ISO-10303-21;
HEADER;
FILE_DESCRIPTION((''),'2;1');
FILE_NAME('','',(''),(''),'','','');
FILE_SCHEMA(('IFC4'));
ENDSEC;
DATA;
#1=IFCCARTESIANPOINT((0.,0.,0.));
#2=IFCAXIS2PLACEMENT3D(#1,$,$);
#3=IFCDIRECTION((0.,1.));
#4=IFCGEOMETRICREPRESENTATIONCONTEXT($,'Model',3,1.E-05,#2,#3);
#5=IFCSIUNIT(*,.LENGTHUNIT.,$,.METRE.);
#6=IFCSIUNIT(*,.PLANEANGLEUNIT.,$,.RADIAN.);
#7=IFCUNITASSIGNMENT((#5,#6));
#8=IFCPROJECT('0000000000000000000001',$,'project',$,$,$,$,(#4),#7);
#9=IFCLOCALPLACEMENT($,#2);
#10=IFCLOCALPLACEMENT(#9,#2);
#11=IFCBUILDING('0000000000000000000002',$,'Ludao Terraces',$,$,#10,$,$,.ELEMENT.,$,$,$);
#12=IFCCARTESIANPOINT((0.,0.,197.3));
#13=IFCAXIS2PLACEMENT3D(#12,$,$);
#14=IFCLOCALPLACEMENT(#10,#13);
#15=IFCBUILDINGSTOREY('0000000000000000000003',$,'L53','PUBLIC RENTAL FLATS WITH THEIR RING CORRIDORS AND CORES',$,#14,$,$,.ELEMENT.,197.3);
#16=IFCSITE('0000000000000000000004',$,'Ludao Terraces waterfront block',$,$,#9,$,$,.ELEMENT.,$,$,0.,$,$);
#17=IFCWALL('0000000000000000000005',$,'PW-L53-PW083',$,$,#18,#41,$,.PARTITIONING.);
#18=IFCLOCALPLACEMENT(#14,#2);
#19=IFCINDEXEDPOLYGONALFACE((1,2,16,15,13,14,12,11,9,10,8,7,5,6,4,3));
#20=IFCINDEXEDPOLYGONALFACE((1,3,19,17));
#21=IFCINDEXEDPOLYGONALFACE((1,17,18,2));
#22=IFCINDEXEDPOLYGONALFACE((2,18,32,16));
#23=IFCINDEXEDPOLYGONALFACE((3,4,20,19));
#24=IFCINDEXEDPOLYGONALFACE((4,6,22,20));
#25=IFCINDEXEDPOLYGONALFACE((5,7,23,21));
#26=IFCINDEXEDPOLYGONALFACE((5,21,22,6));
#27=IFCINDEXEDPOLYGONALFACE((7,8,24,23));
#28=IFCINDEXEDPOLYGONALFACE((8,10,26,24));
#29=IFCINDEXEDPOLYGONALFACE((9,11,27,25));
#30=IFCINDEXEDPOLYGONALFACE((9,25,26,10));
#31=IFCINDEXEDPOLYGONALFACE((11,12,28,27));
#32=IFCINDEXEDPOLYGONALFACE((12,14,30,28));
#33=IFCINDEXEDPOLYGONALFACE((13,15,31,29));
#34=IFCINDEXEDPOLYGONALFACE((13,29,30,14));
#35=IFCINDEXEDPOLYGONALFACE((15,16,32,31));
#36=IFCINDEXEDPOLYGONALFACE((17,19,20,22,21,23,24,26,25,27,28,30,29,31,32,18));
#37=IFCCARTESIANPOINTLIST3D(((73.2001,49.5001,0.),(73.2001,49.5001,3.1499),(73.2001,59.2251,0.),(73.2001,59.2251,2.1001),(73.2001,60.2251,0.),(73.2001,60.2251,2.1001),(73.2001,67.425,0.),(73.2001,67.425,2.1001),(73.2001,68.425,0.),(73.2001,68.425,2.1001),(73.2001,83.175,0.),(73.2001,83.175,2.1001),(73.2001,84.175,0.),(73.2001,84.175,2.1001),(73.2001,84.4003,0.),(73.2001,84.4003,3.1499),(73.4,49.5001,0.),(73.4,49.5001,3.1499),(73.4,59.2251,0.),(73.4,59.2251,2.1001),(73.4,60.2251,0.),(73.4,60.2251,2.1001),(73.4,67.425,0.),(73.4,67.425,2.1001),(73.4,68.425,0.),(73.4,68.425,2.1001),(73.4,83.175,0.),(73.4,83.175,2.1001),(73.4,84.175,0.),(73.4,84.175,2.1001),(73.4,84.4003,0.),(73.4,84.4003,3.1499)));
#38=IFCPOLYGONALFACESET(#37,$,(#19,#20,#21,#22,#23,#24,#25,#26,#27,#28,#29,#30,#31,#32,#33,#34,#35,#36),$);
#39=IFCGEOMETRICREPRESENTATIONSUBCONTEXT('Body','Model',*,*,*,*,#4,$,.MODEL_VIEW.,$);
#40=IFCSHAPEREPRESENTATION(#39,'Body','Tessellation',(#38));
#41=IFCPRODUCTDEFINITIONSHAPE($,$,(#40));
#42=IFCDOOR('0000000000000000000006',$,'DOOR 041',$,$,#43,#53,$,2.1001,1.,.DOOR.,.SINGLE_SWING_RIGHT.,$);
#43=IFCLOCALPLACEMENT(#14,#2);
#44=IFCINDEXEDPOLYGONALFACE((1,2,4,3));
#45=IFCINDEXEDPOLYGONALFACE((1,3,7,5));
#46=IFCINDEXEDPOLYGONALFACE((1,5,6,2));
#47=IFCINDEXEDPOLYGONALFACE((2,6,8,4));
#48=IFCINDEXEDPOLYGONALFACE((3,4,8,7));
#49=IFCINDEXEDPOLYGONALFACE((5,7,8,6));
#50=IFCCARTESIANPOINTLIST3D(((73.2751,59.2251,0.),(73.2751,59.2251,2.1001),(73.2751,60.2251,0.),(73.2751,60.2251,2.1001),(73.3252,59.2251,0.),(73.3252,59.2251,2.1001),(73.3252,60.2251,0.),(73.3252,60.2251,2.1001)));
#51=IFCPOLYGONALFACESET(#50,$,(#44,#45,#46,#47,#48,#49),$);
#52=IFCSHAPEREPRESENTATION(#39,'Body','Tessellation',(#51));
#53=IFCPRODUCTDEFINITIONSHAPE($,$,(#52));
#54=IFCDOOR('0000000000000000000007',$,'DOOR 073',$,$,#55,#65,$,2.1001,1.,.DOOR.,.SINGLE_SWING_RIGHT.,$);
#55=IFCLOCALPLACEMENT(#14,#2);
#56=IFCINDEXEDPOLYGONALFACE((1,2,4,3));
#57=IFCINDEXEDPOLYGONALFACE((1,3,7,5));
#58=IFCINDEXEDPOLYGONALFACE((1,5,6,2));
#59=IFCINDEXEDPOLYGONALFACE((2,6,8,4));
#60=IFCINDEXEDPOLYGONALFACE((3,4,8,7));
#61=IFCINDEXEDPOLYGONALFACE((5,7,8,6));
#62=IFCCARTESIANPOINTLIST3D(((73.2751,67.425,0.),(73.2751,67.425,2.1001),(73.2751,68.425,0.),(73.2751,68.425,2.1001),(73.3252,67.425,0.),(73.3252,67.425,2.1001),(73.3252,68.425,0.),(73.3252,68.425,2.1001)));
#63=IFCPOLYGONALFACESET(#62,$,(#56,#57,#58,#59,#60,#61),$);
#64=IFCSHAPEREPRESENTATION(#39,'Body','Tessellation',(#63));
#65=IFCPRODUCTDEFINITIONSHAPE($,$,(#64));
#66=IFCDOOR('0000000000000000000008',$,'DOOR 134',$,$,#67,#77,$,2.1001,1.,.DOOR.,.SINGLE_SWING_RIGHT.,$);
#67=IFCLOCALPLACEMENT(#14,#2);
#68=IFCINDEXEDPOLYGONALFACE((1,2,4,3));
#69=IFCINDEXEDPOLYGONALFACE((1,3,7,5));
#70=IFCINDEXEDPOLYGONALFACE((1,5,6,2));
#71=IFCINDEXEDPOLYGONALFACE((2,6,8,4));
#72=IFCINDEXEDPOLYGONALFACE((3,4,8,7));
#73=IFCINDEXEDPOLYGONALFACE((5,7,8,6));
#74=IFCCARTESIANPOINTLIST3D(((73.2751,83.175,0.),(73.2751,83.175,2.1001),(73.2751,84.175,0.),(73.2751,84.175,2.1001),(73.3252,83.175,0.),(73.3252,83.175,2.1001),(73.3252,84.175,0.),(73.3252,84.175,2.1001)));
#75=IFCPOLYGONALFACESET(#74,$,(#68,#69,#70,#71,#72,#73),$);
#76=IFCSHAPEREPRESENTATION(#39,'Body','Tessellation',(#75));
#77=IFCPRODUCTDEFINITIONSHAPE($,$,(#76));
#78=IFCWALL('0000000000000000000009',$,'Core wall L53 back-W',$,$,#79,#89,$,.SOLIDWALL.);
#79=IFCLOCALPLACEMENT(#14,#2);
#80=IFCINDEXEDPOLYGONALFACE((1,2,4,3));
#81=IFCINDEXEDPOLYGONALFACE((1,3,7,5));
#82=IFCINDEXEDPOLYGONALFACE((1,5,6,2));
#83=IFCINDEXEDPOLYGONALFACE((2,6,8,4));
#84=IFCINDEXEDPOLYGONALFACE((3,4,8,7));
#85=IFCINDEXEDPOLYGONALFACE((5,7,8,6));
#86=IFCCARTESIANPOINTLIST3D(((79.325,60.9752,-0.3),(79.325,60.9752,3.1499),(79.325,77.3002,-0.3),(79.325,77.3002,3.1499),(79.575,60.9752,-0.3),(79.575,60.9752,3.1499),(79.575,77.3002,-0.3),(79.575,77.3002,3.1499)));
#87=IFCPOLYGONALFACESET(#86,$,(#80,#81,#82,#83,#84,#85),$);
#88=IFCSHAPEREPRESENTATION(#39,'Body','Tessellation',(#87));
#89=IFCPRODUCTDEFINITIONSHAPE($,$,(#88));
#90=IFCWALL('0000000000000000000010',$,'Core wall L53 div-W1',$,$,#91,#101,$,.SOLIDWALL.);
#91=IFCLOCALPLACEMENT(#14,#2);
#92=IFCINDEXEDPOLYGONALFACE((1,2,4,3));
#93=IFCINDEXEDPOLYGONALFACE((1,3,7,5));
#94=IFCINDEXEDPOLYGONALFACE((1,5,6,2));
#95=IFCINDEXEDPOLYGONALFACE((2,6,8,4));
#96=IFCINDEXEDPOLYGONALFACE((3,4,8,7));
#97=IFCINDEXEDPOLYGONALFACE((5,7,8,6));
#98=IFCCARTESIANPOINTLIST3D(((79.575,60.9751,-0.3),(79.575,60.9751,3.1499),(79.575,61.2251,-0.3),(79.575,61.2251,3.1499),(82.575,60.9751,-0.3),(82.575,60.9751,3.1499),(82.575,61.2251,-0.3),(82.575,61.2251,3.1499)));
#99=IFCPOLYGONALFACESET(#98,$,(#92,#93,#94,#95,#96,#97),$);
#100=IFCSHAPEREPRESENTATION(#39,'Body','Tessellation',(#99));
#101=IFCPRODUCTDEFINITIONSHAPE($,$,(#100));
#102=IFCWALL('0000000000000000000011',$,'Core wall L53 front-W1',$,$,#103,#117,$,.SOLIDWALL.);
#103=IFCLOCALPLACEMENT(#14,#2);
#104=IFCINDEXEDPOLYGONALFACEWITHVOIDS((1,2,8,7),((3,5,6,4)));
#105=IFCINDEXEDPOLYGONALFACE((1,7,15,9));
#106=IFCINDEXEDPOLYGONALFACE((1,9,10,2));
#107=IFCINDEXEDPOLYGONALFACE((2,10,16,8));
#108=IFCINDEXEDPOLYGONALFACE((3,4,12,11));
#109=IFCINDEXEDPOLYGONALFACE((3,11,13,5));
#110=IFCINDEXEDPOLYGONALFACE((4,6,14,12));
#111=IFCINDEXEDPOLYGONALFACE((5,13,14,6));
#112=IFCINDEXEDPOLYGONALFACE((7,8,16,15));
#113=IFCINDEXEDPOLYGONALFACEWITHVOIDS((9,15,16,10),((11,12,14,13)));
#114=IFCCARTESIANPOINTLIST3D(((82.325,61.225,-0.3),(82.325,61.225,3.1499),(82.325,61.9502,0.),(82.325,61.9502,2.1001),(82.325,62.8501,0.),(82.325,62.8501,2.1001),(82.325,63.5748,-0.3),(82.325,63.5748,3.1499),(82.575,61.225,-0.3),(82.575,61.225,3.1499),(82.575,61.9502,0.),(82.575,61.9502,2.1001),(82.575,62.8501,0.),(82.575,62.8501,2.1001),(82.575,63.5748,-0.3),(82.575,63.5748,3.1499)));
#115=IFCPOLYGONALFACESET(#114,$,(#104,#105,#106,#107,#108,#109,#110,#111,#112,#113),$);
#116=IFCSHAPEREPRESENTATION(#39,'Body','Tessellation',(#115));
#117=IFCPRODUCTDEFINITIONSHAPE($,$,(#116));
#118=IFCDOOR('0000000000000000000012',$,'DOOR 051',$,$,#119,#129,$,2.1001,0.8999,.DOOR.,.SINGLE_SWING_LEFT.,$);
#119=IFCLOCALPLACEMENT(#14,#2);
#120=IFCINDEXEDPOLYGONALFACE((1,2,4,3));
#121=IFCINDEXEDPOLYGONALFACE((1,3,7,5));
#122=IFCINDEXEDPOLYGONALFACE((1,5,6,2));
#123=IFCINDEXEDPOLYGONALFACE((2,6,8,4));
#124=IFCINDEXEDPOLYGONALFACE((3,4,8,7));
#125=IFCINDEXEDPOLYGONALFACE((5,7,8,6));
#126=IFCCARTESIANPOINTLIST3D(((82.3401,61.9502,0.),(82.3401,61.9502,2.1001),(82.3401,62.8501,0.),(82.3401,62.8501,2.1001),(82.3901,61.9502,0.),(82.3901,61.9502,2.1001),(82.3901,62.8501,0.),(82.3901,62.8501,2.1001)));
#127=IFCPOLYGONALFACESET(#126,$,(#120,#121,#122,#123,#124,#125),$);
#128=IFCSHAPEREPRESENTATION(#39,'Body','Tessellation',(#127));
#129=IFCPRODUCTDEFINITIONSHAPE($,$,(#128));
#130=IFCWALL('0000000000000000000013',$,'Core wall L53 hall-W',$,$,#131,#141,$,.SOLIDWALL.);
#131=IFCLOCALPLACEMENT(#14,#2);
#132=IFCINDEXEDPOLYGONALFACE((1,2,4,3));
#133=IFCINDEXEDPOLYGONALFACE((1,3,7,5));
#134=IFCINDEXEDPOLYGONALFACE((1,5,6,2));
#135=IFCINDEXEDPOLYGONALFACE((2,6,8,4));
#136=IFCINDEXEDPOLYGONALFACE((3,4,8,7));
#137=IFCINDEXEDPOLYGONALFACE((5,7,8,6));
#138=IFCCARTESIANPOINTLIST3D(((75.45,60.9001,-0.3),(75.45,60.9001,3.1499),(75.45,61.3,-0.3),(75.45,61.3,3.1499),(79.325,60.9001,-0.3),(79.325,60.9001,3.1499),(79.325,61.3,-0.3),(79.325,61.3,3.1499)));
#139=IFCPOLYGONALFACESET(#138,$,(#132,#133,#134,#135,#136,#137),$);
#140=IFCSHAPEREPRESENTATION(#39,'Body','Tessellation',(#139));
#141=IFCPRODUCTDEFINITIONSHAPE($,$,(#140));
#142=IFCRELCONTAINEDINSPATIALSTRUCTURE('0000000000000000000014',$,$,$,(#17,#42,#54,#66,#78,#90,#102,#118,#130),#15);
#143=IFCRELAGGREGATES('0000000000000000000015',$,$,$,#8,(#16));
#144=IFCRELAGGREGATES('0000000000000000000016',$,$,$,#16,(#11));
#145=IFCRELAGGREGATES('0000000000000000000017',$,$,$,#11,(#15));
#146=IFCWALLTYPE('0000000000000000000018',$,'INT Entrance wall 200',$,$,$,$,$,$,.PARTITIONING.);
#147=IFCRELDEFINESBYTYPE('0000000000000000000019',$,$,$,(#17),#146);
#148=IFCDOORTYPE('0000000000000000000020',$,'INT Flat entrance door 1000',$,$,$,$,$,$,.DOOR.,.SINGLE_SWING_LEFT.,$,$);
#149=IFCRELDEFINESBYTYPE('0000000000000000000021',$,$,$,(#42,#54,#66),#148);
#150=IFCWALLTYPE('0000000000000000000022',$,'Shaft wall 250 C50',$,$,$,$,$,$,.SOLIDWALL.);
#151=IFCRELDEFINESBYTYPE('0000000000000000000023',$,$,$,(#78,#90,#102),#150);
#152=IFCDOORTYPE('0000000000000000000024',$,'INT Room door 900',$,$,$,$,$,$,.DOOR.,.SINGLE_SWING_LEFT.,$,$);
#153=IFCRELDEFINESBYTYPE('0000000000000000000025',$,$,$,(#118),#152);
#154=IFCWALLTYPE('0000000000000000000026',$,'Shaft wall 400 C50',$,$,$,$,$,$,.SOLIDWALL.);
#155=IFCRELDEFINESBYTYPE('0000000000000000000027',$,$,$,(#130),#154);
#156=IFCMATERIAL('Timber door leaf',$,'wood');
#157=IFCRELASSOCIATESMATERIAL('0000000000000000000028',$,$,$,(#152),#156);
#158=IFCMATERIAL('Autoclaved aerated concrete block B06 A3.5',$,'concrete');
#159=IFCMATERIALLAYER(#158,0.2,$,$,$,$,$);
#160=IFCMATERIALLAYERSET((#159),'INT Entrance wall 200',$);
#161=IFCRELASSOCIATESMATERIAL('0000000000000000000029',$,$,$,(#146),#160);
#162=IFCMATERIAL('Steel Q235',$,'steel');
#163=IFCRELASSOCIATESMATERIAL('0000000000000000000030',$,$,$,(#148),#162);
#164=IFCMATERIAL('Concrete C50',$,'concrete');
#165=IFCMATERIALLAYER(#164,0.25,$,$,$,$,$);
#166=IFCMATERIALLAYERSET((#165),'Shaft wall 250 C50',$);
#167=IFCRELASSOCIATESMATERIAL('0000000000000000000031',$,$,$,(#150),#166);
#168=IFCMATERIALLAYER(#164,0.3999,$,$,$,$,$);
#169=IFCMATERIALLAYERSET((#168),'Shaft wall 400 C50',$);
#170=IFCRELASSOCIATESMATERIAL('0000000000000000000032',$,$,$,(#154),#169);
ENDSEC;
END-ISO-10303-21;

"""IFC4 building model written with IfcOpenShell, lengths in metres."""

from ifc_helpers import new_model, si_unit, direction, frame, frame_2d, origin, place, context, subcontext, project, spatial, rectangle, extrude, material, layer, layer_set, type_object, element, fill, save


model = new_model("IFC4")

# Units and contexts
model_context = context("Model", 3, precision=1e-05, world=origin(), true_north=direction((0.0, 1.0)))
body_context = subcontext(model_context, "Body", "Model", "MODEL_VIEW")
ifc_project = project(units=[si_unit("LENGTHUNIT", "METRE"), si_unit("PLANEANGLEUNIT", "RADIAN")], contexts=[model_context])

# Site, building, storey
site_placement = place(None, origin())
site = spatial("IfcSite", under=ifc_project, at=site_placement, Name="Ludao Terraces waterfront block", CompositionType="ELEMENT", RefElevation=0.0)
building_placement = place(site_placement, origin())
building = spatial("IfcBuilding", under=site, at=building_placement, Name="Ludao Terraces", CompositionType="ELEMENT")
storey_placement = place(building_placement, frame((0.0, 0.0, 197.3)))
storey = spatial("IfcBuildingStorey", under=building, at=storey_placement, Name="L53", Description="PUBLIC RENTAL FLATS WITH THEIR RING CORRIDORS AND CORES", CompositionType="ELEMENT", Elevation=197.3)

# Shared definitions
ifc_material_1 = material(Name="Concrete C50", Category="concrete")
ifc_material_2 = material(Name="Steel Q235", Category="steel")
ifc_material_3 = material(Name="Timber door leaf", Category="wood")
door_type_1 = type_object("IfcDoorType", Name="INT Room door 900", OperationType="SINGLE_SWING_LEFT", PredefinedType="DOOR", material=ifc_material_3)

# Wall, openings, doors
ifc_material_4 = material(Name="Autoclaved aerated concrete block B06 A3.5", Category="concrete")
ifc_layer_1 = layer(ifc_material_4, 0.2)
ifc_layer_set_1 = layer_set([ifc_layer_1], Name="INT Entrance wall 200")
wall_type_1 = type_object("IfcWallType", Name="INT Entrance wall 200", PredefinedType="PARTITIONING", material=ifc_layer_set_1)
wall_1_placement = place(storey_placement, frame((73.3, 49.5, 0.0), z_axis=(0.0, 0.0, 1.0), x_axis=(0.0, 1.0, 0.0)))
wall_1 = element("IfcWall", 1, at=wall_1_placement, inside=storey, type_object=wall_type_1, Name="PW-L53-PW083", PredefinedType="PARTITIONING", context=body_context, shape_type="SweptSolid", body=[
    extrude(rectangle(XDim=34.9001, YDim=0.2, at=frame_2d((17.4502, 0.0))), origin(), (0.0, 0.0, 1.0), 3.1499),
])
opening_1_placement = place(wall_1_placement, frame((9.7251, 0.0, 0.0)))
opening_1 = element("IfcOpeningElement", 2, at=opening_1_placement, cuts=wall_1, PredefinedType="OPENING", context=body_context, shape_type="SweptSolid", body=[
    extrude(rectangle(XDim=1.0, YDim=2.1001, at=frame_2d((0.5, 1.05))), frame((0.0, 0.1099, 0.0), z_axis=(0.0, -1.0, 0.0), x_axis=(1.0, 0.0, 0.0)), (0.0, 0.0, 1.0), 0.22),
])
opening_2_placement = place(wall_1_placement, frame((17.925, 0.0, 0.0)))
opening_2 = element("IfcOpeningElement", 3, at=opening_2_placement, cuts=wall_1, PredefinedType="OPENING", context=body_context, shape_type="SweptSolid", body=[
    extrude(rectangle(XDim=1.0, YDim=2.1001, at=frame_2d((0.5, 1.05))), frame((0.0, 0.1099, 0.0), z_axis=(0.0, -1.0, 0.0), x_axis=(1.0, 0.0, 0.0)), (0.0, 0.0, 1.0), 0.22),
])
opening_3_placement = place(wall_1_placement, frame((33.675, 0.0, 0.0)))
opening_3 = element("IfcOpeningElement", 4, at=opening_3_placement, cuts=wall_1, PredefinedType="OPENING", context=body_context, shape_type="SweptSolid", body=[
    extrude(rectangle(XDim=1.0, YDim=2.1001, at=frame_2d((0.5, 1.05))), frame((0.0, 0.1099, 0.0), z_axis=(0.0, -1.0, 0.0), x_axis=(1.0, 0.0, 0.0)), (0.0, 0.0, 1.0), 0.22),
])
door_type_2 = type_object("IfcDoorType", Name="INT Flat entrance door 1000", OperationType="SINGLE_SWING_LEFT", PredefinedType="DOOR", material=ifc_material_2)
door_1_placement = place(opening_1_placement, origin())
door_1 = element("IfcDoor", 5, at=door_1_placement, inside=storey, type_object=door_type_2, Name="DOOR 041", OperationType="SINGLE_SWING_RIGHT", OverallHeight=2.1001, OverallWidth=1.0, PredefinedType="DOOR", context=body_context, shape_type="SweptSolid", body=[
    extrude(rectangle(XDim=1.0, YDim=2.1001, at=frame_2d((0.5, 1.05))), frame((0.0, 0.0249, 0.0), z_axis=(0.0, -1.0, 0.0), x_axis=(1.0, 0.0, 0.0)), (0.0, 0.0, 1.0), 0.05),
])
fill(opening_1, door_1)
door_2_placement = place(opening_2_placement, origin())
door_2 = element("IfcDoor", 6, at=door_2_placement, inside=storey, type_object=door_type_2, Name="DOOR 073", OperationType="SINGLE_SWING_RIGHT", OverallHeight=2.1001, OverallWidth=1.0, PredefinedType="DOOR", context=body_context, shape_type="SweptSolid", body=[
    extrude(rectangle(XDim=1.0, YDim=2.1001, at=frame_2d((0.5, 1.05))), frame((0.0, 0.0249, 0.0), z_axis=(0.0, -1.0, 0.0), x_axis=(1.0, 0.0, 0.0)), (0.0, 0.0, 1.0), 0.05),
])
fill(opening_2, door_2)
door_3_placement = place(opening_3_placement, origin())
door_3 = element("IfcDoor", 7, at=door_3_placement, inside=storey, type_object=door_type_2, Name="DOOR 134", OperationType="SINGLE_SWING_RIGHT", OverallHeight=2.1001, OverallWidth=1.0, PredefinedType="DOOR", context=body_context, shape_type="SweptSolid", body=[
    extrude(rectangle(XDim=1.0, YDim=2.1001, at=frame_2d((0.5, 1.05))), frame((0.0, 0.0249, 0.0), z_axis=(0.0, -1.0, 0.0), x_axis=(1.0, 0.0, 0.0)), (0.0, 0.0, 1.0), 0.05),
])
fill(opening_3, door_3)

# Walls
ifc_layer_2 = layer(ifc_material_1, 0.25)
ifc_layer_set_2 = layer_set([ifc_layer_2], Name="Shaft wall 250 C50")
wall_type_2 = type_object("IfcWallType", Name="Shaft wall 250 C50", PredefinedType="SOLIDWALL", material=ifc_layer_set_2)
wall_2_placement = place(storey_placement, frame((79.45, 60.9751, -0.3), z_axis=(0.0, 0.0, 1.0), x_axis=(0.0, 1.0, 0.0)))
element("IfcWall", 8, at=wall_2_placement, inside=storey, type_object=wall_type_2, Name="Core wall L53 back-W", PredefinedType="SOLIDWALL", context=body_context, shape_type="SweptSolid", body=[
    extrude(rectangle(XDim=16.325, YDim=0.25, at=frame_2d((8.1626, 0.0))), origin(), (0.0, 0.0, 1.0), 3.45),
])
wall_3_placement = place(storey_placement, frame((79.575, 61.1001, -0.3), z_axis=(0.0, 0.0, 1.0), x_axis=(1.0, 0.0, 0.0)))
element("IfcWall", 9, at=wall_3_placement, inside=storey, type_object=wall_type_2, Name="Core wall L53 div-W1", PredefinedType="SOLIDWALL", context=body_context, shape_type="SweptSolid", body=[
    extrude(rectangle(XDim=3.0, YDim=0.25, at=frame_2d((1.5, 0.0))), origin(), (0.0, 0.0, 1.0), 3.45),
])

# Wall, opening, door
wall_4_placement = place(storey_placement, frame((82.45, 61.2251, -0.3), z_axis=(0.0, 0.0, 1.0), x_axis=(0.0, 1.0, 0.0)))
wall_4 = element("IfcWall", 10, at=wall_4_placement, inside=storey, type_object=wall_type_2, Name="Core wall L53 front-W1", PredefinedType="SOLIDWALL", context=body_context, shape_type="SweptSolid", body=[
    extrude(rectangle(XDim=2.3499, YDim=0.25, at=frame_2d((1.1748, 0.0))), origin(), (0.0, 0.0, 1.0), 3.45),
])
opening_4_placement = place(wall_4_placement, frame((0.7251, 0.0, 0.3)))
opening_4 = element("IfcOpeningElement", 11, at=opening_4_placement, cuts=wall_4, PredefinedType="OPENING", context=body_context, shape_type="SweptSolid", body=[
    extrude(rectangle(XDim=0.8999, YDim=2.1001, at=frame_2d((0.45, 1.05))), frame((0.0, 0.135, 0.0), z_axis=(0.0, -1.0, 0.0), x_axis=(1.0, 0.0, 0.0)), (0.0, 0.0, 1.0), 0.27),
])
door_4_placement = place(opening_4_placement, origin())
door_4 = element("IfcDoor", 12, at=door_4_placement, inside=storey, type_object=door_type_1, Name="DOOR 051", OperationType="SINGLE_SWING_LEFT", OverallHeight=2.1001, OverallWidth=0.8999, PredefinedType="DOOR", context=body_context, shape_type="SweptSolid", body=[
    extrude(rectangle(XDim=0.8999, YDim=2.1001, at=frame_2d((0.45, 1.05))), frame((0.0, 0.1099, 0.0), z_axis=(0.0, -1.0, 0.0), x_axis=(1.0, 0.0, 0.0)), (0.0, 0.0, 1.0), 0.05),
])
fill(opening_4, door_4)

# Wall
ifc_layer_3 = layer(ifc_material_1, 0.3999)
ifc_layer_set_3 = layer_set([ifc_layer_3], Name="Shaft wall 400 C50")
wall_type_3 = type_object("IfcWallType", Name="Shaft wall 400 C50", PredefinedType="SOLIDWALL", material=ifc_layer_set_3)
wall_5_placement = place(storey_placement, frame((75.45, 61.1001, -0.3), z_axis=(0.0, 0.0, 1.0), x_axis=(1.0, 0.0, 0.0)))
element("IfcWall", 13, at=wall_5_placement, inside=storey, type_object=wall_type_3, Name="Core wall L53 hall-W", PredefinedType="SOLIDWALL", context=body_context, shape_type="SweptSolid", body=[
    extrude(rectangle(XDim=3.875, YDim=0.3999, at=frame_2d((1.9375, 0.0))), origin(), (0.0, 0.0, 1.0), 3.45),
])

save(model, "model.ifc")
